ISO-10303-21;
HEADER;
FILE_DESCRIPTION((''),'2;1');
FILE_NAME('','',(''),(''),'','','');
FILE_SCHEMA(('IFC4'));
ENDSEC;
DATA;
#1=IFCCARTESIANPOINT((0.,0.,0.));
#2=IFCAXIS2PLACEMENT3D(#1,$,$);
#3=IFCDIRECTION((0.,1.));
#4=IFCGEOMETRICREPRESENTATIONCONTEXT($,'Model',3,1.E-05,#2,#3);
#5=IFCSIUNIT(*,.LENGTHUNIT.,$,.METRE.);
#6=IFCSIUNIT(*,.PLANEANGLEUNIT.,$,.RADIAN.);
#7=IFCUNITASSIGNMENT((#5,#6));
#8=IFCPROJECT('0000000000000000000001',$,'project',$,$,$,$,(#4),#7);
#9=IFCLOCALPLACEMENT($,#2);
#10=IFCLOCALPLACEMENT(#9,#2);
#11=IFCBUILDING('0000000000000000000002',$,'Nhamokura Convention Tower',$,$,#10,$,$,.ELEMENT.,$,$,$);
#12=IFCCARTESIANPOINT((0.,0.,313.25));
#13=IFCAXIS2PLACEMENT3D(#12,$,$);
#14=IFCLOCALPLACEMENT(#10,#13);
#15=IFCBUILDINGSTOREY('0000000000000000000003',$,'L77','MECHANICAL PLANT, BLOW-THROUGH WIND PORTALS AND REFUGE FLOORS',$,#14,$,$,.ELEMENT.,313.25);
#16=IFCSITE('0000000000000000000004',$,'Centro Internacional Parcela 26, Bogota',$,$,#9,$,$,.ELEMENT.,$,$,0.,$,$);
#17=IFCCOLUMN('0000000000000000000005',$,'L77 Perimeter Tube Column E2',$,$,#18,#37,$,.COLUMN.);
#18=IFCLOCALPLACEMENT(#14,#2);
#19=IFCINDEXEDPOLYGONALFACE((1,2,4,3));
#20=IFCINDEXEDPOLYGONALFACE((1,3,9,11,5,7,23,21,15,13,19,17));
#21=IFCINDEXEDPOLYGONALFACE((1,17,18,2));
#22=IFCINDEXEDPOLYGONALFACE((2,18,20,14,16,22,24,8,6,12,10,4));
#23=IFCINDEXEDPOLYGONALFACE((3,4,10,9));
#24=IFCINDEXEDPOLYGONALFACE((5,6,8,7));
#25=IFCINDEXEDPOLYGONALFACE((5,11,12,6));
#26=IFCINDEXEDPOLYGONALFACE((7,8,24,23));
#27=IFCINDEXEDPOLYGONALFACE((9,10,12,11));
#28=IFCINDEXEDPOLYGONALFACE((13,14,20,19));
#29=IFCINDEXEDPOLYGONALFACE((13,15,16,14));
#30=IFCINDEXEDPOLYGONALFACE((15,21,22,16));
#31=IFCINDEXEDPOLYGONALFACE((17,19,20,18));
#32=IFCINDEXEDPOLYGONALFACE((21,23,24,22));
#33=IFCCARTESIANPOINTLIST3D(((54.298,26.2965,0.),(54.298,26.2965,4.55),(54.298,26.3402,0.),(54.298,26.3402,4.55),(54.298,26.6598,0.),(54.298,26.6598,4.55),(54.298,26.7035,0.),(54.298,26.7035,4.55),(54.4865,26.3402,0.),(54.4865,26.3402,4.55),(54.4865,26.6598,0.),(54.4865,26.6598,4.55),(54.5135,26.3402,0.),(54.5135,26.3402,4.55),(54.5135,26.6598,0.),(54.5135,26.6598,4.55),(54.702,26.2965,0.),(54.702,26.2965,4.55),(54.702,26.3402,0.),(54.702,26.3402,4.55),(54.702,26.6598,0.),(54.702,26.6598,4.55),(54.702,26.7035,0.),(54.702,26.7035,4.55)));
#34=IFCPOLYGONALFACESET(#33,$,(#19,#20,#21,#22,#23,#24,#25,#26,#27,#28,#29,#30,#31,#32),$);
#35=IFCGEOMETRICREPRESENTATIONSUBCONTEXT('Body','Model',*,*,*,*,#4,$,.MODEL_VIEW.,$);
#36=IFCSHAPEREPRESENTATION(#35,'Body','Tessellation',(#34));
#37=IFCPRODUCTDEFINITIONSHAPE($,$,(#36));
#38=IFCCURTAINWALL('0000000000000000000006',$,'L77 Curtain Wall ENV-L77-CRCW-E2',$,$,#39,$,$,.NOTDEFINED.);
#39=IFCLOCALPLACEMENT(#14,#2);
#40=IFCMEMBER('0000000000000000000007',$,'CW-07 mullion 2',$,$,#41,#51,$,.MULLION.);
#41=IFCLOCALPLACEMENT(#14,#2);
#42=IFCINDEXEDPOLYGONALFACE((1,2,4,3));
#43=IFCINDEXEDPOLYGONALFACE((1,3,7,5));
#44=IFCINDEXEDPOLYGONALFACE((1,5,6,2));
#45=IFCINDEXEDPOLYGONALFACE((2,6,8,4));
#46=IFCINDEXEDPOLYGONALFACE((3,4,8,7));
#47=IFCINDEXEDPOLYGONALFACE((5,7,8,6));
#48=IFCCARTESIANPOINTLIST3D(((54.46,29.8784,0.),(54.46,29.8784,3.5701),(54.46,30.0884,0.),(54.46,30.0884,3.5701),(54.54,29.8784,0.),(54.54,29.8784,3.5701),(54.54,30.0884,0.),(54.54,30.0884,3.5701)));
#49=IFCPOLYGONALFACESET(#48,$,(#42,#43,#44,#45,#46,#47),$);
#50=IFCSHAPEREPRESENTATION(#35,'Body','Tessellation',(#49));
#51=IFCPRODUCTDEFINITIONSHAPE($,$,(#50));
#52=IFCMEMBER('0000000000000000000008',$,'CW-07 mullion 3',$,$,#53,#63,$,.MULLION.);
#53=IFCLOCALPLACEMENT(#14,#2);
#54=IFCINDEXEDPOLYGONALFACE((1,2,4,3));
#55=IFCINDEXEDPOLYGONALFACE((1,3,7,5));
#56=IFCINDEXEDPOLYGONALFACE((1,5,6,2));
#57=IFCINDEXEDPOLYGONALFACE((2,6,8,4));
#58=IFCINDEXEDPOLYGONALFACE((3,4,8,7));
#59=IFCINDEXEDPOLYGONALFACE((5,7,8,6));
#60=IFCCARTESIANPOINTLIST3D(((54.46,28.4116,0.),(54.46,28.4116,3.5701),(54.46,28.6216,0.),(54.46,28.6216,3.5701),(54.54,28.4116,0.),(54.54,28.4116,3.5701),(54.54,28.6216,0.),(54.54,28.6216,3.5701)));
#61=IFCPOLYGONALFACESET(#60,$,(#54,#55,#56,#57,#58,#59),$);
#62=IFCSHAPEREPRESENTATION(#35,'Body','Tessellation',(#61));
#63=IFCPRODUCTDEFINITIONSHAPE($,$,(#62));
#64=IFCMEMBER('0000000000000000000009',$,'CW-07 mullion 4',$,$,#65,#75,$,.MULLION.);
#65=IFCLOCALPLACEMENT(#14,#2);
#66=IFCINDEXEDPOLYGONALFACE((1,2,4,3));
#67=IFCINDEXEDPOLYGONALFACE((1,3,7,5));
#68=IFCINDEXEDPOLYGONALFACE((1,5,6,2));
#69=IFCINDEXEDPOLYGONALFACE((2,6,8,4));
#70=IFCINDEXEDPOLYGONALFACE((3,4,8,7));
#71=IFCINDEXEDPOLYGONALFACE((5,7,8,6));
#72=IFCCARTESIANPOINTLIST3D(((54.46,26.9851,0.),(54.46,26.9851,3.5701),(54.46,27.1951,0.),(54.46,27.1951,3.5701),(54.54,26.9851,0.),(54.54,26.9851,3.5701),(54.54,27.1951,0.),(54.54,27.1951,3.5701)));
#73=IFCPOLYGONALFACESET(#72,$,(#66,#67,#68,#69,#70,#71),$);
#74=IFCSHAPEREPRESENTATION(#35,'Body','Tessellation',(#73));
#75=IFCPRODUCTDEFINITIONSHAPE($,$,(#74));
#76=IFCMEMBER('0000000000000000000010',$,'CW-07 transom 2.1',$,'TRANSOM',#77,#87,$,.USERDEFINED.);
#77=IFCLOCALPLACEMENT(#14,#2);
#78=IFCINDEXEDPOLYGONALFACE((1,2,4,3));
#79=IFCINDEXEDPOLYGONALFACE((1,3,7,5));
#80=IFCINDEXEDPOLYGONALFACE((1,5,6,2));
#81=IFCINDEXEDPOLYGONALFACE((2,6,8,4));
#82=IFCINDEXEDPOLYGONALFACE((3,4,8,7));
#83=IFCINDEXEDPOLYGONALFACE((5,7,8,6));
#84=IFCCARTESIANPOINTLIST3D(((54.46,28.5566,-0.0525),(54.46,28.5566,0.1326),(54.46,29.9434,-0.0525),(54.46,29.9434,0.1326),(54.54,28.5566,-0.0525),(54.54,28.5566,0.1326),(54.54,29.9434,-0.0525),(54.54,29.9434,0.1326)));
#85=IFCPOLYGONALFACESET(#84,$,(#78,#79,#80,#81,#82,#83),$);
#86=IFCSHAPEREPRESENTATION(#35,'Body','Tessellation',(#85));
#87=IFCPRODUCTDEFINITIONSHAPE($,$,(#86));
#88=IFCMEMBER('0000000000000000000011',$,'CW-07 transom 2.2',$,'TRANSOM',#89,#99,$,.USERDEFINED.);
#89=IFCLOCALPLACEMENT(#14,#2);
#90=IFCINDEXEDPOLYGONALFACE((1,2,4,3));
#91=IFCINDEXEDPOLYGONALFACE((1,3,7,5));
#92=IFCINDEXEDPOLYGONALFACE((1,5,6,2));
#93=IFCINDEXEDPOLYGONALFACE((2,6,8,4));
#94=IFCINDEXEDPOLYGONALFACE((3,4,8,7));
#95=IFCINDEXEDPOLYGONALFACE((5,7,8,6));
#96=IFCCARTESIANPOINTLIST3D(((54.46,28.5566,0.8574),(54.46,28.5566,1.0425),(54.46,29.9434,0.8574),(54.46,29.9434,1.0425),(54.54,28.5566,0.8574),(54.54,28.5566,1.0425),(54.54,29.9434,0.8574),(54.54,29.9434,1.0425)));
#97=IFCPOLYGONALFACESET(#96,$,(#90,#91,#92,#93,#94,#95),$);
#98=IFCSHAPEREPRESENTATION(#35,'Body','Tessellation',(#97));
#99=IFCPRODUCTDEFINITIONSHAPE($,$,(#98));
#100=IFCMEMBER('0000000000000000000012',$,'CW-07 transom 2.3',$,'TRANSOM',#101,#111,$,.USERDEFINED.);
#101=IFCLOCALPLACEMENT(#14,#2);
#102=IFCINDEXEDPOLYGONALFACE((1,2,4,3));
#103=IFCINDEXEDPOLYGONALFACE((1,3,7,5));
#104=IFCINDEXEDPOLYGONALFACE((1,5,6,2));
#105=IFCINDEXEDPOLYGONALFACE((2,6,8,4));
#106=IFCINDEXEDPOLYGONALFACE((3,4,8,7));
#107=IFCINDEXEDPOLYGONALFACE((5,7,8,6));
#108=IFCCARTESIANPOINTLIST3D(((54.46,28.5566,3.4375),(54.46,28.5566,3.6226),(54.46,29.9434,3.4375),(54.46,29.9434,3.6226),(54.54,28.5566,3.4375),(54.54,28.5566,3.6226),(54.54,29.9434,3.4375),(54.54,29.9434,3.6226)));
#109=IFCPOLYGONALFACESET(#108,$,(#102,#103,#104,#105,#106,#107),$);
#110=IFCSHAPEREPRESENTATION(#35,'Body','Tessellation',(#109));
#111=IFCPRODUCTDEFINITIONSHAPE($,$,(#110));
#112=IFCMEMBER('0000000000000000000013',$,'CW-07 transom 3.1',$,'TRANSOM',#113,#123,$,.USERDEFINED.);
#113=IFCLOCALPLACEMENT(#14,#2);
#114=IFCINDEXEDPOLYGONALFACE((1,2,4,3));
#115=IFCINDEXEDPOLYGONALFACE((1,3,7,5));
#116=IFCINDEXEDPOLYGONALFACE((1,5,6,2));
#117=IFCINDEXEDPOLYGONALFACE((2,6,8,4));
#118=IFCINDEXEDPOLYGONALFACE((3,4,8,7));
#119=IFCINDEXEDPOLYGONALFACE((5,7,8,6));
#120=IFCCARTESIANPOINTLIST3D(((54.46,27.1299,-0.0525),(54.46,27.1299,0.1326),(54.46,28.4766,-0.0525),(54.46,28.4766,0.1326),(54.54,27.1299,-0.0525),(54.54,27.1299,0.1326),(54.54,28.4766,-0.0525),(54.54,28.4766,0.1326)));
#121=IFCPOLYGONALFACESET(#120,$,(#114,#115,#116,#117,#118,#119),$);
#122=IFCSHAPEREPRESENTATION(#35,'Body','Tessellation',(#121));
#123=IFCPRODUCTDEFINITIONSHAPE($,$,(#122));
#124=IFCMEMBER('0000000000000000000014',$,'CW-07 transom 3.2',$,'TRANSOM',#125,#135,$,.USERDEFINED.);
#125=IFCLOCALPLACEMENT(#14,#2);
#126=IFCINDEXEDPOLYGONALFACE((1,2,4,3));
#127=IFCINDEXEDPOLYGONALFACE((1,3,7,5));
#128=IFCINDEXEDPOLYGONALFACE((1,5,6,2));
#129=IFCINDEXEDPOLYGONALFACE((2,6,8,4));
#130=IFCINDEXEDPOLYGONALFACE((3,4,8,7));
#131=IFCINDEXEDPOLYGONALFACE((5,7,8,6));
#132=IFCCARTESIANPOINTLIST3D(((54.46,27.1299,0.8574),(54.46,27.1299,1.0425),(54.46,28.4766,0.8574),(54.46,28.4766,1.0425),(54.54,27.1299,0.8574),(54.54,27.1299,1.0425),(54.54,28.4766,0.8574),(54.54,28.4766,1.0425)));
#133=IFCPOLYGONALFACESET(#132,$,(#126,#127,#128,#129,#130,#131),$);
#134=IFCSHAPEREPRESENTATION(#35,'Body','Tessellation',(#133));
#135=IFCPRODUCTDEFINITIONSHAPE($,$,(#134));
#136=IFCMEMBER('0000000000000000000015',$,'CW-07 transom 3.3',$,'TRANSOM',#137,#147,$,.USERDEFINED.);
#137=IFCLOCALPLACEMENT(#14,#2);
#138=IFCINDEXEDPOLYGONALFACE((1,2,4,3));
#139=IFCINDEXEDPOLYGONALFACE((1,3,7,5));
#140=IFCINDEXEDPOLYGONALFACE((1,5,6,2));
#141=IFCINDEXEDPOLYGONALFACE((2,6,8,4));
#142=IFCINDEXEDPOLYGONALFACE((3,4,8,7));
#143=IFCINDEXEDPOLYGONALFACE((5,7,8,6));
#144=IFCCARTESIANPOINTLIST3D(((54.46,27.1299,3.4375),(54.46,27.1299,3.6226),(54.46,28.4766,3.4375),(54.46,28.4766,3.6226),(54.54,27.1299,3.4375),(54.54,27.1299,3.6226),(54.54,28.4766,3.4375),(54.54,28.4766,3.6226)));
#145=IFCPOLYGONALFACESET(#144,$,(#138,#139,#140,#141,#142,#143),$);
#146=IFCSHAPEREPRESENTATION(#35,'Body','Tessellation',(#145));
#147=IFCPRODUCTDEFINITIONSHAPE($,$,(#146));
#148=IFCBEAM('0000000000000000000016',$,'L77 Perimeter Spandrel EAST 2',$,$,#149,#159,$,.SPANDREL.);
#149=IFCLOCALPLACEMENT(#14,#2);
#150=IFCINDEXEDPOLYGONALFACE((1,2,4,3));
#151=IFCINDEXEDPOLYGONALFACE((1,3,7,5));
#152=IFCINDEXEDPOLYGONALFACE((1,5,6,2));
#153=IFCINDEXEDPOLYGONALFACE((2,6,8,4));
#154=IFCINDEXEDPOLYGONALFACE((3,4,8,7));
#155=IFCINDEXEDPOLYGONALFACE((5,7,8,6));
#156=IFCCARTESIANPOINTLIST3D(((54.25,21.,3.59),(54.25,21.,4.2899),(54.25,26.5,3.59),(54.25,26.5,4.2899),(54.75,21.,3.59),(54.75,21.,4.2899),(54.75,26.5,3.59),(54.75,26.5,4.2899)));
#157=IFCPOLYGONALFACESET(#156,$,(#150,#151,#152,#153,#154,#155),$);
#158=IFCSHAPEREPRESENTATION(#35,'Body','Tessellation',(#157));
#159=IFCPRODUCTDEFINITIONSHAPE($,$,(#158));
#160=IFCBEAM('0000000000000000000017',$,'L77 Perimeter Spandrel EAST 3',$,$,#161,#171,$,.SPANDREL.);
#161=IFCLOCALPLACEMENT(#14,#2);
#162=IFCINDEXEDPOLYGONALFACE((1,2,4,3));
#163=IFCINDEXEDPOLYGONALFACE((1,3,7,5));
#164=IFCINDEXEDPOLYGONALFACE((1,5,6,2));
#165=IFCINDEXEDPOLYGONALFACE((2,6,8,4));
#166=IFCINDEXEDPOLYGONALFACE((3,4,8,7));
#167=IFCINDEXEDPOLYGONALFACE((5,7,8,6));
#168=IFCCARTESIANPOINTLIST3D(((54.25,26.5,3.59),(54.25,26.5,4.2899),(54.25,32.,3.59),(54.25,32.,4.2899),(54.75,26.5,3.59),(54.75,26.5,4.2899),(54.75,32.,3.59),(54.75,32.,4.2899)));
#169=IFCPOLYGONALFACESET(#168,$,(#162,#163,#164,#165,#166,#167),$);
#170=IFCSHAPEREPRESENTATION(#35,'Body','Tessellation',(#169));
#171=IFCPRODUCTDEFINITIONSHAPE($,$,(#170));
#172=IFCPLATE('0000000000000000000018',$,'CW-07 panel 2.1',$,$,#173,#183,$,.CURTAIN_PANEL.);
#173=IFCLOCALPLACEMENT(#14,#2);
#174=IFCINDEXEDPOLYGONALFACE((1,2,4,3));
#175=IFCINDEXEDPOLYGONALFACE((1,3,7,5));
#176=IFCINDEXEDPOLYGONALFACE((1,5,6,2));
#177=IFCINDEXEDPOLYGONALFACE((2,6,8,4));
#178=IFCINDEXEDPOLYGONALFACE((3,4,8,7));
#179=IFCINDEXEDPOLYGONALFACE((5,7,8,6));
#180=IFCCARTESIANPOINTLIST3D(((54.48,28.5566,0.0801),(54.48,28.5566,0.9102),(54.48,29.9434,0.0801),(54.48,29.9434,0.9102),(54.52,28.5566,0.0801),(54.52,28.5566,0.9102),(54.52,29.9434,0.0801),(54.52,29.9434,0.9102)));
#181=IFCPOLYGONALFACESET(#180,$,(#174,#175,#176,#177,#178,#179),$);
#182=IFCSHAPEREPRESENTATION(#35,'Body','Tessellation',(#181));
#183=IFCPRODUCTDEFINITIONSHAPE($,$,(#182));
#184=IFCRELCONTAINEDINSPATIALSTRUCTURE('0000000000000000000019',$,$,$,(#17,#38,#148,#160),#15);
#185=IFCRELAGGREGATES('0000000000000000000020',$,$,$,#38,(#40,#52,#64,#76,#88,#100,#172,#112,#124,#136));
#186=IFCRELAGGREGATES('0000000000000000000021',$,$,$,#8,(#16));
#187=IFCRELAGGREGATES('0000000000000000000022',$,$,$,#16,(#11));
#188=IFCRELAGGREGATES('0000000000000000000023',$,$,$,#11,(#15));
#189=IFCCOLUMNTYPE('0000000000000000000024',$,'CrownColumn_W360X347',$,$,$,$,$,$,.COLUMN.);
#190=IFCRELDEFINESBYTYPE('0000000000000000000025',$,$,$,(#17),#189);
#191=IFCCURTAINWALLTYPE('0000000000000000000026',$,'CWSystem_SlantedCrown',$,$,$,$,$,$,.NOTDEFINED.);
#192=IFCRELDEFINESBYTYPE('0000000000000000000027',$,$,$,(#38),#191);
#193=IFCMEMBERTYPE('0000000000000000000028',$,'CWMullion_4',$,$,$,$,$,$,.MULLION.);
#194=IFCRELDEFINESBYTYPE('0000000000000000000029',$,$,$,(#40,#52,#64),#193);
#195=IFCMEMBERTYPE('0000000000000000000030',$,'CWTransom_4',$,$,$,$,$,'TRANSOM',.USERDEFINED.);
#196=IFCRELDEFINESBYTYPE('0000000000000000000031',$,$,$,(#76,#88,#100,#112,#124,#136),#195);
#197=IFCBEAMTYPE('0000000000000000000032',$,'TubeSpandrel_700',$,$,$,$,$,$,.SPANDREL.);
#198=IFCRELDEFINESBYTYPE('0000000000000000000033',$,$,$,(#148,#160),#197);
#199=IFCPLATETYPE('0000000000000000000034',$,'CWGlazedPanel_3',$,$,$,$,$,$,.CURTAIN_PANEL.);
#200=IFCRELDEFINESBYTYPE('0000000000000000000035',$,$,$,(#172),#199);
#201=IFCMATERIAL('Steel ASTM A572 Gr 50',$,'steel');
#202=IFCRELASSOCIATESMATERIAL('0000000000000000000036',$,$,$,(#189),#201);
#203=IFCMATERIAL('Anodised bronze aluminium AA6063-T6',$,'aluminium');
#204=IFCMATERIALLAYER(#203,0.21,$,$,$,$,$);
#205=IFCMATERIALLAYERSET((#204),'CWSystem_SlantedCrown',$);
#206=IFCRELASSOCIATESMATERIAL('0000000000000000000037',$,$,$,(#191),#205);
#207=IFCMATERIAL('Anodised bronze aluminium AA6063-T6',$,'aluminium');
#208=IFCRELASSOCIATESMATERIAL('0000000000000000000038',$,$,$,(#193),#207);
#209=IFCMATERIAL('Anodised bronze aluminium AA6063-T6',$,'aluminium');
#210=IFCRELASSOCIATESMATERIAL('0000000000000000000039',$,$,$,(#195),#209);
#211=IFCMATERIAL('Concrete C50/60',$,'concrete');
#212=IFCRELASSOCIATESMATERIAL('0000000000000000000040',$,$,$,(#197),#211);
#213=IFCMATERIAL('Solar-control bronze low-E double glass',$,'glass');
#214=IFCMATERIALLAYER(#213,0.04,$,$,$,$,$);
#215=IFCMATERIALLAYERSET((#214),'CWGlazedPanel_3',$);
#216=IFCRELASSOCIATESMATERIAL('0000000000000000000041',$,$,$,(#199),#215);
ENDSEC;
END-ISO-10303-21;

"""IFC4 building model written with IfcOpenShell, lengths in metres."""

from ifc_helpers import new_model, si_unit, direction, frame, origin, origin_2d, place, context, subcontext, project, spatial, rectangle, i_section, extrude, material, layer, layer_set, material_profile, profile_set, type_object, element, aggregate, save


model = new_model("IFC4")

# Units and contexts
model_context = context("Model", 3, precision=1e-05, world=origin(), true_north=direction((0.0, 1.0)))
body_context = subcontext(model_context, "Body", "Model", "MODEL_VIEW")
ifc_project = project(units=[si_unit("LENGTHUNIT", "METRE"), si_unit("PLANEANGLEUNIT", "RADIAN")], contexts=[model_context])

# Site, building, storey
site_placement = place(None, origin())
site = spatial("IfcSite", under=ifc_project, at=site_placement, Name="Centro Internacional Parcela 26, Bogota", CompositionType="ELEMENT", RefElevation=0.0)
building_placement = place(site_placement, origin())
building = spatial("IfcBuilding", under=site, at=building_placement, Name="Nhamokura Convention Tower", CompositionType="ELEMENT")
storey_placement = place(building_placement, frame((0.0, 0.0, 313.25)))
storey = spatial("IfcBuildingStorey", under=building, at=storey_placement, Name="L77", Description="MECHANICAL PLANT, BLOW-THROUGH WIND PORTALS AND REFUGE FLOORS", CompositionType="ELEMENT", Elevation=313.25)

# Column
ifc_material_1 = material(Name="Steel ASTM A572 Gr 50", Category="steel")
ifc_material_profile_1 = material_profile(ifc_material_1, i_section(OverallWidth=0.4041, OverallDepth=0.407, WebThickness=0.0271, FlangeThickness=0.0437, at=origin_2d()))
ifc_profile_set_1 = profile_set([ifc_material_profile_1], Name="Steel ASTM A572 Gr 50")
column_type = type_object("IfcColumnType", Name="CrownColumn_W360X347", PredefinedType="COLUMN", material=ifc_profile_set_1)
column_placement = place(storey_placement, frame((54.5, 26.5, 0.0), z_axis=(0.0, 0.0, 1.0), x_axis=(1.0, 0.0, 0.0)))
element("IfcColumn", 1, at=column_placement, inside=storey, type_object=column_type, Name="L77 Perimeter Tube Column E2", PredefinedType="COLUMN", context=body_context, shape_type="SweptSolid", body=[
    extrude(i_section(OverallWidth=0.4041, OverallDepth=0.407, WebThickness=0.0271, FlangeThickness=0.0437, at=origin_2d()), origin(), (0.0, 0.0, 1.0), 4.55),
])

# Curtain wall, members
ifc_material_2 = material(Name="Anodised bronze aluminium AA6063-T6", Category="aluminium")
ifc_layer_1 = layer(ifc_material_2, 0.21)
ifc_layer_set_1 = layer_set([ifc_layer_1], Name="CWSystem_SlantedCrown")
curtain_wall_type = type_object("IfcCurtainWallType", Name="CWSystem_SlantedCrown", PredefinedType="NOTDEFINED", material=ifc_layer_set_1)
curtain_wall_placement = place(storey_placement, origin())
curtain_wall = element("IfcCurtainWall", 2, at=curtain_wall_placement, inside=storey, type_object=curtain_wall_type, Name="L77 Curtain Wall ENV-L77-CRCW-E2", PredefinedType="NOTDEFINED")
ifc_material_3 = material(Name="Anodised bronze aluminium AA6063-T6", Category="aluminium")
ifc_material_profile_2 = material_profile(ifc_material_3, rectangle(XDim=0.0801, YDim=0.21, at=origin_2d()))
ifc_profile_set_2 = profile_set([ifc_material_profile_2], Name="Anodised bronze aluminium AA6063-T6")
member_type_1 = type_object("IfcMemberType", Name="CWMullion_4", PredefinedType="MULLION", material=ifc_profile_set_2)
member_1_placement = place(storey_placement, frame((54.5, 29.9834, 0.0), z_axis=(0.0, 0.0, 1.0), x_axis=(1.0, 0.0, 0.0)))
member_1 = element("IfcMember", 3, at=member_1_placement, type_object=member_type_1, Name="CW-07 mullion 2", PredefinedType="MULLION", context=body_context, shape_type="SweptSolid", body=[
    extrude(rectangle(XDim=0.0801, YDim=0.21, at=origin_2d()), origin(), (0.0, 0.0, 1.0), 3.5701),
])
member_2_placement = place(storey_placement, frame((54.5, 28.5166, 0.0), z_axis=(0.0, 0.0, 1.0), x_axis=(1.0, 0.0, 0.0)))
member_2 = element("IfcMember", 4, at=member_2_placement, type_object=member_type_1, Name="CW-07 mullion 3", PredefinedType="MULLION", context=body_context, shape_type="SweptSolid", body=[
    extrude(rectangle(XDim=0.0801, YDim=0.21, at=origin_2d()), origin(), (0.0, 0.0, 1.0), 3.5701),
])
member_3_placement = place(storey_placement, frame((54.5, 27.0901, 0.0), z_axis=(0.0, 0.0, 1.0), x_axis=(1.0, 0.0, 0.0)))
member_3 = element("IfcMember", 5, at=member_3_placement, type_object=member_type_1, Name="CW-07 mullion 4", PredefinedType="MULLION", context=body_context, shape_type="SweptSolid", body=[
    extrude(rectangle(XDim=0.0801, YDim=0.21, at=origin_2d()), origin(), (0.0, 0.0, 1.0), 3.5701),
])
ifc_material_4 = material(Name="Anodised bronze aluminium AA6063-T6", Category="aluminium")
ifc_material_profile_3 = material_profile(ifc_material_4, rectangle(XDim=0.0801, YDim=0.1851, at=origin_2d()))
ifc_profile_set_3 = profile_set([ifc_material_profile_3], Name="Anodised bronze aluminium AA6063-T6")
member_type_2 = type_object("IfcMemberType", Name="CWTransom_4", ElementType="TRANSOM", PredefinedType="USERDEFINED", material=ifc_profile_set_3)
member_4_placement = place(storey_placement, frame((54.5, 29.9434, 0.04), z_axis=(0.0, -1.0, 0.0), x_axis=(1.0, 0.0, 0.0)))
member_4 = element("IfcMember", 6, at=member_4_placement, type_object=member_type_2, Name="CW-07 transom 2.1", ObjectType="TRANSOM", PredefinedType="USERDEFINED", context=body_context, shape_type="SweptSolid", body=[
    extrude(rectangle(XDim=0.0801, YDim=0.1851, at=origin_2d()), origin(), (0.0, 0.0, 1.0), 1.3867),
])
member_5_placement = place(storey_placement, frame((54.5, 29.9434, 0.95), z_axis=(0.0, -1.0, 0.0), x_axis=(1.0, 0.0, 0.0)))
member_5 = element("IfcMember", 7, at=member_5_placement, type_object=member_type_2, Name="CW-07 transom 2.2", ObjectType="TRANSOM", PredefinedType="USERDEFINED", context=body_context, shape_type="SweptSolid", body=[
    extrude(rectangle(XDim=0.0801, YDim=0.1851, at=origin_2d()), origin(), (0.0, 0.0, 1.0), 1.3867),
])
member_6_placement = place(storey_placement, frame((54.5, 29.9434, 3.53), z_axis=(0.0, -1.0, 0.0), x_axis=(1.0, 0.0, 0.0)))
member_6 = element("IfcMember", 8, at=member_6_placement, type_object=member_type_2, Name="CW-07 transom 2.3", ObjectType="TRANSOM", PredefinedType="USERDEFINED", context=body_context, shape_type="SweptSolid", body=[
    extrude(rectangle(XDim=0.0801, YDim=0.1851, at=origin_2d()), origin(), (0.0, 0.0, 1.0), 1.3867),
])
member_7_placement = place(storey_placement, frame((54.5, 28.4766, 0.04), z_axis=(0.0, -1.0, 0.0), x_axis=(1.0, 0.0, 0.0)))
member_7 = element("IfcMember", 9, at=member_7_placement, type_object=member_type_2, Name="CW-07 transom 3.1", ObjectType="TRANSOM", PredefinedType="USERDEFINED", context=body_context, shape_type="SweptSolid", body=[
    extrude(rectangle(XDim=0.0801, YDim=0.1851, at=origin_2d()), origin(), (0.0, 0.0, 1.0), 1.3467),
])
member_8_placement = place(storey_placement, frame((54.5, 28.4766, 0.95), z_axis=(0.0, -1.0, 0.0), x_axis=(1.0, 0.0, 0.0)))
member_8 = element("IfcMember", 10, at=member_8_placement, type_object=member_type_2, Name="CW-07 transom 3.2", ObjectType="TRANSOM", PredefinedType="USERDEFINED", context=body_context, shape_type="SweptSolid", body=[
    extrude(rectangle(XDim=0.0801, YDim=0.1851, at=origin_2d()), origin(), (0.0, 0.0, 1.0), 1.3467),
])
member_9_placement = place(storey_placement, frame((54.5, 28.4766, 3.53), z_axis=(0.0, -1.0, 0.0), x_axis=(1.0, 0.0, 0.0)))
member_9 = element("IfcMember", 11, at=member_9_placement, type_object=member_type_2, Name="CW-07 transom 3.3", ObjectType="TRANSOM", PredefinedType="USERDEFINED", context=body_context, shape_type="SweptSolid", body=[
    extrude(rectangle(XDim=0.0801, YDim=0.1851, at=origin_2d()), origin(), (0.0, 0.0, 1.0), 1.3467),
])

# Beams
ifc_material_5 = material(Name="Concrete C50/60", Category="concrete")
ifc_material_profile_4 = material_profile(ifc_material_5, rectangle(XDim=0.5, YDim=0.7, at=origin_2d()))
ifc_profile_set_4 = profile_set([ifc_material_profile_4], Name="Concrete C50/60")
beam_type = type_object("IfcBeamType", Name="TubeSpandrel_700", PredefinedType="SPANDREL", material=ifc_profile_set_4)
for number, where, z_axis, x_axis, name in (
    (12, (54.5, 21.0, 3.9399), (0.0, 1.0, 0.0), (-1.0, 0.0, 0.0), "L77 Perimeter Spandrel EAST 2"),
    (13, (54.5, 26.5, 3.9399), (0.0, 1.0, 0.0), (-1.0, 0.0, 0.0), "L77 Perimeter Spandrel EAST 3"),
):
    element("IfcBeam", number, at=place(storey_placement, frame(where, z_axis=z_axis, x_axis=x_axis)), inside=storey, type_object=beam_type, Name=name, PredefinedType="SPANDREL", context=body_context, shape_type="SweptSolid", body=[
        extrude(rectangle(XDim=0.5, YDim=0.7, at=origin_2d()), origin(), (0.0, 0.0, 1.0), 5.5),
    ])

# Plate
ifc_material_6 = material(Name="Solar-control bronze low-E double glass", Category="glass")
ifc_layer_2 = layer(ifc_material_6, 0.04)
ifc_layer_set_2 = layer_set([ifc_layer_2], Name="CWGlazedPanel_3")
plate_type = type_object("IfcPlateType", Name="CWGlazedPanel_3", PredefinedType="CURTAIN_PANEL", material=ifc_layer_set_2)
plate_1_placement = place(storey_placement, frame((54.5, 29.25, 0.0801), z_axis=(0.0, 0.0, 1.0), x_axis=(0.0, -1.0, 0.0)))
plate_1 = element("IfcPlate", 14, at=plate_1_placement, type_object=plate_type, Name="CW-07 panel 2.1", PredefinedType="CURTAIN_PANEL", context=body_context, shape_type="SweptSolid", body=[
    extrude(rectangle(XDim=1.3867, YDim=0.04, at=origin_2d()), origin(), (0.0, 0.0, 1.0), 0.8301),
])
aggregate(curtain_wall, [member_1, member_2, member_3, member_4, member_5, member_6, plate_1, member_7, member_8, member_9])

save(model, "model.ifc")
